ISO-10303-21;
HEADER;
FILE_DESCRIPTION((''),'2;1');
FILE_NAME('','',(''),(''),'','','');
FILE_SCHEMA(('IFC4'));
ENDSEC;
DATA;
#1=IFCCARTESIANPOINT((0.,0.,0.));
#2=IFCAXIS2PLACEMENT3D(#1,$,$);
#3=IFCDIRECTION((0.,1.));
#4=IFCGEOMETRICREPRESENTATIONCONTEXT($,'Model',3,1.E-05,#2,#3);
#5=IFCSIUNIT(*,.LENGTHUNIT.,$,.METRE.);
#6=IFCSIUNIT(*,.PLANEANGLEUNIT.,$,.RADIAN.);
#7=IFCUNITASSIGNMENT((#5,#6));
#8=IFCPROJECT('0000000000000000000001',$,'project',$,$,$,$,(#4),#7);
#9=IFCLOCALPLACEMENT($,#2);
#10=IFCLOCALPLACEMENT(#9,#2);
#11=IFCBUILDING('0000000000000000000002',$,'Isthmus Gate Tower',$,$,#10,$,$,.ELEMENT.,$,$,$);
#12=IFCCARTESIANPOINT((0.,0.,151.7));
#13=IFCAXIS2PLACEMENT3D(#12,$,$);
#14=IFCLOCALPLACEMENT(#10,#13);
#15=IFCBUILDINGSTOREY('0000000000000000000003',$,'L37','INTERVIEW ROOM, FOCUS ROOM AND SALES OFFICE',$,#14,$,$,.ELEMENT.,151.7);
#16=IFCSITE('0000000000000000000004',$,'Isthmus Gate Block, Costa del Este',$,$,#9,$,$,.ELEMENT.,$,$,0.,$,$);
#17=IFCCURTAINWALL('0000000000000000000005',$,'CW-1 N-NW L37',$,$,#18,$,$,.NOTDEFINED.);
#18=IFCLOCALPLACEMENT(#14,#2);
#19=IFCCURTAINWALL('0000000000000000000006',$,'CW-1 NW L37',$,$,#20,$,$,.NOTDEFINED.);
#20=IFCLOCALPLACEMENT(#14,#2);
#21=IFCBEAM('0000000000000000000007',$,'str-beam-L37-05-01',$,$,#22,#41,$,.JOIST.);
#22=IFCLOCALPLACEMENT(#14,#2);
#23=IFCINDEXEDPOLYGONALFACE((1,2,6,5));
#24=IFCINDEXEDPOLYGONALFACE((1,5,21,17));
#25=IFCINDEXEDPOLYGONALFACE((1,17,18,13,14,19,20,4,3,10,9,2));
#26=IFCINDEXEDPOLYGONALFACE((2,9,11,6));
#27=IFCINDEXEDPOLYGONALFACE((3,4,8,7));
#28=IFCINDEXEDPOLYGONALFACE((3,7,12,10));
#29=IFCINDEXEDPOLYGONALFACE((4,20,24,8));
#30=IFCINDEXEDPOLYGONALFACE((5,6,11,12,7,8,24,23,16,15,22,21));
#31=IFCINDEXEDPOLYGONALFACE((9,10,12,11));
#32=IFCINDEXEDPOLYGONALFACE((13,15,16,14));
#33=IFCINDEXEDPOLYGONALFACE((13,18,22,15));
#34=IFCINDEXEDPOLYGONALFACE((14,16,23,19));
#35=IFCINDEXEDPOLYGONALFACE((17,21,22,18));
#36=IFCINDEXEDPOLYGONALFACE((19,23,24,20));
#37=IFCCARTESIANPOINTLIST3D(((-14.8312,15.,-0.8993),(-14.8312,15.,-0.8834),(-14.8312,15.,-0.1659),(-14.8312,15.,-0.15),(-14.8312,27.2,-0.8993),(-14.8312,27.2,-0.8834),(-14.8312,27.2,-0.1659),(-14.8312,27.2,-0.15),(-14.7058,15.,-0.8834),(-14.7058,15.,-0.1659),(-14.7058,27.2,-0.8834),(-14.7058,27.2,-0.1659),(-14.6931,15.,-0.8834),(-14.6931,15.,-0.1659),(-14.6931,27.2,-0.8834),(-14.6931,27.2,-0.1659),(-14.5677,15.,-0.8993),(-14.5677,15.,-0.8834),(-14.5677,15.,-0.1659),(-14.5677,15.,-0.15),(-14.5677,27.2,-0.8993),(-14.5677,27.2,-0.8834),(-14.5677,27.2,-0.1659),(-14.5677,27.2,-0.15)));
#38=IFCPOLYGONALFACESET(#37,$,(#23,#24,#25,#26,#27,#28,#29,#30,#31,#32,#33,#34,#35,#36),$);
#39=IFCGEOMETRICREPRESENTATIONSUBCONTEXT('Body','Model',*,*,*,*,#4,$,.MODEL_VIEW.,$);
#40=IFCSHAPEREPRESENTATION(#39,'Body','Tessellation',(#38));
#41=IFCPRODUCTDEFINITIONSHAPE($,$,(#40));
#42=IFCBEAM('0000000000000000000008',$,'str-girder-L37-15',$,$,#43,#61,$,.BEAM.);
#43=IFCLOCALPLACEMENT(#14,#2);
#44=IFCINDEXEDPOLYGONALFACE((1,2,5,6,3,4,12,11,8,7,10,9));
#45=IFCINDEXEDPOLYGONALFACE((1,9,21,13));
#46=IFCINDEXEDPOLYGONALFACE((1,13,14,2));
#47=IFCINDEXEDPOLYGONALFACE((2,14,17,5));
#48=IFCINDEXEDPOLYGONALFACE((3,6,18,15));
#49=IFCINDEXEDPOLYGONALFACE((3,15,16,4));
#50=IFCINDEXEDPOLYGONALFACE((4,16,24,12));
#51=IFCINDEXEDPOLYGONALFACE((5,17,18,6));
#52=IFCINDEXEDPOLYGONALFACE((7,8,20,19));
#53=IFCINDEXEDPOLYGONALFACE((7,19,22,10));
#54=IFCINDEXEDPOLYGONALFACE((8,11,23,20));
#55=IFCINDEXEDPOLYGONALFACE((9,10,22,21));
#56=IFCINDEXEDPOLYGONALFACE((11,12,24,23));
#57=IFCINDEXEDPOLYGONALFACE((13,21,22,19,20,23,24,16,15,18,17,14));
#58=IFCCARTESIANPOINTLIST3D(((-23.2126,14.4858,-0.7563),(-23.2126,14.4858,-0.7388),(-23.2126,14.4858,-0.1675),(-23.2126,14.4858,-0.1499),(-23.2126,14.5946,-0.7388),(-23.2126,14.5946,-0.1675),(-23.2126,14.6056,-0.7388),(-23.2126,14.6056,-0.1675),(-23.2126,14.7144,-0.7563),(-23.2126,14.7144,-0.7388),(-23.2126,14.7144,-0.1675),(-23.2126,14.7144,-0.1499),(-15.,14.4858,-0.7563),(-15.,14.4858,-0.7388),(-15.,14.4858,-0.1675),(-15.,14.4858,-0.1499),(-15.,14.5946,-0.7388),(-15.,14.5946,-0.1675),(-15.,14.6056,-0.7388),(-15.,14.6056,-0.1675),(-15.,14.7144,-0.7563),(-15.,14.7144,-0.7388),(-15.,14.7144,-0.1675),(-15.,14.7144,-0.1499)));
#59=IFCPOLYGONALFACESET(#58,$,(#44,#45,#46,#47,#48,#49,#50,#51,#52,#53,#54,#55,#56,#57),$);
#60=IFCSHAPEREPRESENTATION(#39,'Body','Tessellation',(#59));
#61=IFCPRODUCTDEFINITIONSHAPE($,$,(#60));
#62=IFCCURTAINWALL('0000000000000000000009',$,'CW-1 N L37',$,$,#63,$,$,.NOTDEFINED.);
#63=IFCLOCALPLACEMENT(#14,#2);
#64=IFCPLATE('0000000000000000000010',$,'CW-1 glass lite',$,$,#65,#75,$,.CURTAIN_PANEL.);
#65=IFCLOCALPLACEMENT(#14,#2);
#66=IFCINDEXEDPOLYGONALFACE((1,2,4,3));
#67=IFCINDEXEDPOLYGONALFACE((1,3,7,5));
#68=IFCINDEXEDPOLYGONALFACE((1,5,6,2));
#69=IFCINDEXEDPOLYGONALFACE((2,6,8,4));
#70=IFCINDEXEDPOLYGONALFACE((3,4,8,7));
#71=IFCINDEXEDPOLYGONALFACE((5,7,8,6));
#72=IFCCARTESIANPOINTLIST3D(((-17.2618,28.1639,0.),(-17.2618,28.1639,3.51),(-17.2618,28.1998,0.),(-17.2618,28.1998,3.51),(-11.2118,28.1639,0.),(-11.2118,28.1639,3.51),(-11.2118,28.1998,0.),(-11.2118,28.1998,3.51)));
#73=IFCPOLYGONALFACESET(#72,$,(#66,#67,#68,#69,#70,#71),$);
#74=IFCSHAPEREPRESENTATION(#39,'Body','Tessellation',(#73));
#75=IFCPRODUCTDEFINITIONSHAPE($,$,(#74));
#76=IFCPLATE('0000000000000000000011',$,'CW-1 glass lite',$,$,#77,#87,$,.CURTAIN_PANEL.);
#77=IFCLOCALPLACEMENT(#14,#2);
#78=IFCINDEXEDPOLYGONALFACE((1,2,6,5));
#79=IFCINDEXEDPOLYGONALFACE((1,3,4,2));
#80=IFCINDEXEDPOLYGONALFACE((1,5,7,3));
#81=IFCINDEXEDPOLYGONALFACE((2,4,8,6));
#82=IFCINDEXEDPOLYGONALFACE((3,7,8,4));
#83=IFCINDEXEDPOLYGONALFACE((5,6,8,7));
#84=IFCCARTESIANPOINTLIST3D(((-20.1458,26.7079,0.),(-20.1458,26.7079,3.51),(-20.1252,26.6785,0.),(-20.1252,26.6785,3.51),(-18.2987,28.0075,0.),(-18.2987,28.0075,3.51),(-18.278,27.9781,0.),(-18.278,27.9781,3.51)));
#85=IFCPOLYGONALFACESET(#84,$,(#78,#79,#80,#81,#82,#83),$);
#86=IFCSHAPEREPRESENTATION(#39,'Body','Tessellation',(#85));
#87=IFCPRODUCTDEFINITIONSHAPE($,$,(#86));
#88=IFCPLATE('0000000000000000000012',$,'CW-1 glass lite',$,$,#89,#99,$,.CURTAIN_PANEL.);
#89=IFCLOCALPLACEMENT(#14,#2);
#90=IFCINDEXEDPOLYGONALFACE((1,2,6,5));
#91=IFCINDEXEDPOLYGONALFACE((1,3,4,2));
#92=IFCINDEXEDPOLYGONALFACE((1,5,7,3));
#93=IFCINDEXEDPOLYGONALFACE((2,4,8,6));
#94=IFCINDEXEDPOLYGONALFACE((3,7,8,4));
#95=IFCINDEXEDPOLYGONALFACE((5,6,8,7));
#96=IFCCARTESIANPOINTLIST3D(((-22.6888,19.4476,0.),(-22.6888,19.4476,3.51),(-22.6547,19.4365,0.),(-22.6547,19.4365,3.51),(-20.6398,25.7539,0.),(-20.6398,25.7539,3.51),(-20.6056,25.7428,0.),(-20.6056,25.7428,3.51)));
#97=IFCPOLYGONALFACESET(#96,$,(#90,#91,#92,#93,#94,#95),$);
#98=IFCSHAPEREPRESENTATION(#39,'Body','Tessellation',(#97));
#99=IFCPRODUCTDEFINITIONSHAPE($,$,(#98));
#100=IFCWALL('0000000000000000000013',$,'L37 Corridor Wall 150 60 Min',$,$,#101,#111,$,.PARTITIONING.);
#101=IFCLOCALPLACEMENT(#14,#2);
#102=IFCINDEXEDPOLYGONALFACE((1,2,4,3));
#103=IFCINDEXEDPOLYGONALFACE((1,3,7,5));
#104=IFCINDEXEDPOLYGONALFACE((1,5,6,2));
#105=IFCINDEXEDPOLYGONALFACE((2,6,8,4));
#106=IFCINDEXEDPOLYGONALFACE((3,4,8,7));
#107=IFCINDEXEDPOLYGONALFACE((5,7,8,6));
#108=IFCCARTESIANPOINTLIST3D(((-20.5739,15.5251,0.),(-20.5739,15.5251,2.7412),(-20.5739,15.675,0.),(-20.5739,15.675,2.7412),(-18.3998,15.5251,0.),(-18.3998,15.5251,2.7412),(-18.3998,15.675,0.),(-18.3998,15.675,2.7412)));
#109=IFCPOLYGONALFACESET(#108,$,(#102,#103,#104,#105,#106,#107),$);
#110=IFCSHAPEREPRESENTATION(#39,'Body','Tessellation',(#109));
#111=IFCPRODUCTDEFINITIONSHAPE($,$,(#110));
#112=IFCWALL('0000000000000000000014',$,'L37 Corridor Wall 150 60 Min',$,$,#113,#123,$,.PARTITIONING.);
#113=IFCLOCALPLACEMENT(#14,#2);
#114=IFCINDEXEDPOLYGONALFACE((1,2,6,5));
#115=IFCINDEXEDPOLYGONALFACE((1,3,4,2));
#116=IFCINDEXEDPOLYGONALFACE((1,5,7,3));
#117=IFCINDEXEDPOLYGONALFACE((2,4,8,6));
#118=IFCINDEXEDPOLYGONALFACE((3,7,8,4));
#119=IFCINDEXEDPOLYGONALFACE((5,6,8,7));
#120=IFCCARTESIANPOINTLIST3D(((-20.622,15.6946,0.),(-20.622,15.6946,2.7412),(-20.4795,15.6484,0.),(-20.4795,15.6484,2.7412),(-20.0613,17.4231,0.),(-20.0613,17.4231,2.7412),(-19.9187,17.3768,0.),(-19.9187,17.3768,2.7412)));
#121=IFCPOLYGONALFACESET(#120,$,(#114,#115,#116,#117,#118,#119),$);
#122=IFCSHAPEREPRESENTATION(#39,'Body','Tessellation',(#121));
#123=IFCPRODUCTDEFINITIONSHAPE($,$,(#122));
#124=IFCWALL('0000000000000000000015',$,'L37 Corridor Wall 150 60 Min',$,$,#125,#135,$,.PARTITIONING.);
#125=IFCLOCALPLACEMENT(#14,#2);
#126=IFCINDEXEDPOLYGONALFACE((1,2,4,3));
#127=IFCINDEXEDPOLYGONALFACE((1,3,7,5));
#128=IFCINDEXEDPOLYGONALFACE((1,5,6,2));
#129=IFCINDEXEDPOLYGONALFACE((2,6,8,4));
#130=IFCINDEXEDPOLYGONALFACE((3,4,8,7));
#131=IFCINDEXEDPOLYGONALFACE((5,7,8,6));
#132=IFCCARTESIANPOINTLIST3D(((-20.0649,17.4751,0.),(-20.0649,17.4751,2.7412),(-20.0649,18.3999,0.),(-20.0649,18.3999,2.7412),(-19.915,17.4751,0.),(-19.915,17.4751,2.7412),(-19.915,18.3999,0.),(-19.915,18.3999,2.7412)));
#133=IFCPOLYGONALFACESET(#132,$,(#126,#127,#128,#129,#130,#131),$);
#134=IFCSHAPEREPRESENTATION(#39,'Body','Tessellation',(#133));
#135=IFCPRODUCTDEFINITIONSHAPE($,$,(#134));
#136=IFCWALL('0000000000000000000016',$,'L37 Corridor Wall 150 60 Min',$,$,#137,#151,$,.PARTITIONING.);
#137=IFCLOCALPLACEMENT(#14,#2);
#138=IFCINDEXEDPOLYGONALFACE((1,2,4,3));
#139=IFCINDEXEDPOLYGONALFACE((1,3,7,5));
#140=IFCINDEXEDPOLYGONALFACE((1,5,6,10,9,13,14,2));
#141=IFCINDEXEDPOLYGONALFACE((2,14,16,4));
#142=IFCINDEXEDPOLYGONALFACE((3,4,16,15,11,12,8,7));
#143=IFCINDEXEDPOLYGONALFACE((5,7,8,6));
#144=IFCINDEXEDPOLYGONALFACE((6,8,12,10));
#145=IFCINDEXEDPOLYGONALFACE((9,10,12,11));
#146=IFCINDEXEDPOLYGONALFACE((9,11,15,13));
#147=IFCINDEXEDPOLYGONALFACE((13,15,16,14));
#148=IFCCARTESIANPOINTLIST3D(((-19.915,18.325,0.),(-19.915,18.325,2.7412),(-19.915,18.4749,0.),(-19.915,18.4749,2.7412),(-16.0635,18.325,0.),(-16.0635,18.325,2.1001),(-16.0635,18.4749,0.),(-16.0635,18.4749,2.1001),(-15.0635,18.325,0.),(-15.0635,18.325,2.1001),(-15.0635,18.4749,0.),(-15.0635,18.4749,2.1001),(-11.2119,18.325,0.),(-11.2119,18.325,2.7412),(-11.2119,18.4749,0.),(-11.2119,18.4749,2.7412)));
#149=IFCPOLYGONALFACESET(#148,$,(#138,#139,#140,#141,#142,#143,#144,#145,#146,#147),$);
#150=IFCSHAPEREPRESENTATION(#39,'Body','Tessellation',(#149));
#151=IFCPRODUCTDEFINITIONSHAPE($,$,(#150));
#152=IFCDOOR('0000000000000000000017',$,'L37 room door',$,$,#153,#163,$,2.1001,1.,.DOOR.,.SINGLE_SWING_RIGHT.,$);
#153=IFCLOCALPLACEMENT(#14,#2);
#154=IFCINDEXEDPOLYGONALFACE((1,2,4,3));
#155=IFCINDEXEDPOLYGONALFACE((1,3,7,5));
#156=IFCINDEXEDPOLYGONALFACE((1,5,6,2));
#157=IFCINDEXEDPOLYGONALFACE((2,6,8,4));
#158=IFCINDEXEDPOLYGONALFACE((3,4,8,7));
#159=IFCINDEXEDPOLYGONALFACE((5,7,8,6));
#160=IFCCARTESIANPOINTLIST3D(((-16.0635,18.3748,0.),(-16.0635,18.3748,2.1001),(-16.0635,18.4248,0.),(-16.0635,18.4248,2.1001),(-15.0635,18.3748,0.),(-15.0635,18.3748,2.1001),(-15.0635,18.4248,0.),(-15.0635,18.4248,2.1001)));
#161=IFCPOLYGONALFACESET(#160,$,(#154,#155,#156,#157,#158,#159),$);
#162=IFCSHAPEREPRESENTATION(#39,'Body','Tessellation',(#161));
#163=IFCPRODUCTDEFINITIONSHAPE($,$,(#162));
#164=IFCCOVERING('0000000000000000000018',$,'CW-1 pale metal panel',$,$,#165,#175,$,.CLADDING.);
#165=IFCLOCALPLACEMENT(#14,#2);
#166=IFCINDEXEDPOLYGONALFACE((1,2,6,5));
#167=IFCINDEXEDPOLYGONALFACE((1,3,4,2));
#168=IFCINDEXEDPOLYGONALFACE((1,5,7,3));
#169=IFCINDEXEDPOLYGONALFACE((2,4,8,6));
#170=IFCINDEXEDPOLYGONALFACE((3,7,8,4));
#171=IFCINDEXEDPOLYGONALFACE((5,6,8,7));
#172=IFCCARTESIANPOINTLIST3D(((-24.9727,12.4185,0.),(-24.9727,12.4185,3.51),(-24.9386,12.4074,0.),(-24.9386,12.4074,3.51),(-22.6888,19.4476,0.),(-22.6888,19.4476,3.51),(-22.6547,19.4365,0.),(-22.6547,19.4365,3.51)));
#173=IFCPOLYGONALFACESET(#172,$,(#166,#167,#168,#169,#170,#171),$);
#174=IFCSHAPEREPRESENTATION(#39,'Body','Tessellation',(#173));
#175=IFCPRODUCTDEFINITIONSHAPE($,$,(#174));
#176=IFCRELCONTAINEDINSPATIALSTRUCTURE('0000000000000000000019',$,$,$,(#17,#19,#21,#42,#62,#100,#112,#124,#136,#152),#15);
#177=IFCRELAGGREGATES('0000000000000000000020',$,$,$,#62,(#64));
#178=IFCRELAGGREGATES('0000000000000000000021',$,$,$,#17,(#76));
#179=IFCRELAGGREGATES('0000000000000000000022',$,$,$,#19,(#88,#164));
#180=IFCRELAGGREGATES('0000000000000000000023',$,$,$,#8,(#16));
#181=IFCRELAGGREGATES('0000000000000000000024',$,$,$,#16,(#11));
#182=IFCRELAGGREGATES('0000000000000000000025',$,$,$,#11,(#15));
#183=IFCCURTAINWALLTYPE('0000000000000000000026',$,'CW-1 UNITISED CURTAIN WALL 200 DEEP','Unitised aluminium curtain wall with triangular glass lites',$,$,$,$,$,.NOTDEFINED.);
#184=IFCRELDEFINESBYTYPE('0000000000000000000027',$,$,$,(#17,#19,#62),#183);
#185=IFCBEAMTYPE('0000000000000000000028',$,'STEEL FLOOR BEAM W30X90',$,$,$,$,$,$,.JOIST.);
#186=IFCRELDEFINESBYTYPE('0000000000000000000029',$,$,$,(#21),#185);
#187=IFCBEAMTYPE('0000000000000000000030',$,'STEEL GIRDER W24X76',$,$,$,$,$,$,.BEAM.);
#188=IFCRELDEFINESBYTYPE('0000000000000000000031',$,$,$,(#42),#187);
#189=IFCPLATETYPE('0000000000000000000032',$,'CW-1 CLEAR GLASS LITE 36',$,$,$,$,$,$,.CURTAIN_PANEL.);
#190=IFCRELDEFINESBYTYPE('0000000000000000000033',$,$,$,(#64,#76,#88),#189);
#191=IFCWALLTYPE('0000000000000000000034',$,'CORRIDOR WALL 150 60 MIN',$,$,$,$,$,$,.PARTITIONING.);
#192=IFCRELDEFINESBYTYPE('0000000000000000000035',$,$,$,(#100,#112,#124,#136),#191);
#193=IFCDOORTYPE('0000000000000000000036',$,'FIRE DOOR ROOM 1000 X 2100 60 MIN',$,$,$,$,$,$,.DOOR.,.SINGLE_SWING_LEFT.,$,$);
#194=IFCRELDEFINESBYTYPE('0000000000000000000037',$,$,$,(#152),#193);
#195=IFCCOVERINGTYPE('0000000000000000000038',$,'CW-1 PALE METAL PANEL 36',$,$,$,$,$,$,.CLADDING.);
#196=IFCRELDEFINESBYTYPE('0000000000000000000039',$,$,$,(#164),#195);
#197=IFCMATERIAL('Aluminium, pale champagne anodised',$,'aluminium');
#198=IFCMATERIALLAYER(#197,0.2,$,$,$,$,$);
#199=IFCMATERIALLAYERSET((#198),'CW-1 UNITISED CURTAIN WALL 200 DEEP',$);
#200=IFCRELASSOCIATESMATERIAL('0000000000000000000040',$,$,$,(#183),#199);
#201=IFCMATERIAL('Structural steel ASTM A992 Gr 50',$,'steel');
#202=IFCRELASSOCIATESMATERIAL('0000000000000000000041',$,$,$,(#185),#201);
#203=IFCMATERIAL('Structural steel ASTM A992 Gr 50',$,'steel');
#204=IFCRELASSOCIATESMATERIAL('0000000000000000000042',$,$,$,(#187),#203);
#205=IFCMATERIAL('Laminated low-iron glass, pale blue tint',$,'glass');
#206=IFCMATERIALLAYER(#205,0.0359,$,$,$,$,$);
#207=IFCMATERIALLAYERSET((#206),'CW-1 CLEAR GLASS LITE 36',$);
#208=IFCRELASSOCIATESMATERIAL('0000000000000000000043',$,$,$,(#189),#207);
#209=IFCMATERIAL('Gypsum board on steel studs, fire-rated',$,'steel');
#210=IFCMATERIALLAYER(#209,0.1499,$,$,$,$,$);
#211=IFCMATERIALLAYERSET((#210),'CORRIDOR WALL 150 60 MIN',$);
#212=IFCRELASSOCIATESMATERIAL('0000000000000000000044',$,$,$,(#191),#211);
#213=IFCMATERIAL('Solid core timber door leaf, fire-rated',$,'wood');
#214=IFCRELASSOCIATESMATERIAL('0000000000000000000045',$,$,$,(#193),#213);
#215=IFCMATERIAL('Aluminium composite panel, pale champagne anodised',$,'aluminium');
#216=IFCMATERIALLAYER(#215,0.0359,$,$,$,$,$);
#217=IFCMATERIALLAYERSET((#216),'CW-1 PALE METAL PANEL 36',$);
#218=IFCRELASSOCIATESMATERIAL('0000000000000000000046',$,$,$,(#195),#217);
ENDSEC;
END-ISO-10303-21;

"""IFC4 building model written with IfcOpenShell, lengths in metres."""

from ifc_helpers import new_model, si_unit, direction, frame, frame_2d, origin, origin_2d, place, context, subcontext, project, spatial, rectangle, i_section, extrude, material, layer, layer_set, material_profile, profile_set, type_object, element, fill, aggregate, save


model = new_model("IFC4")

# Units and contexts
model_context = context("Model", 3, precision=1e-05, world=origin(), true_north=direction((0.0, 1.0)))
body_context = subcontext(model_context, "Body", "Model", "MODEL_VIEW")
ifc_project = project(units=[si_unit("LENGTHUNIT", "METRE"), si_unit("PLANEANGLEUNIT", "RADIAN")], contexts=[model_context])

# Site, building, storey
site_placement = place(None, origin())
site = spatial("IfcSite", under=ifc_project, at=site_placement, Name="Isthmus Gate Block, Costa del Este", CompositionType="ELEMENT", RefElevation=0.0)
building_placement = place(site_placement, origin())
building = spatial("IfcBuilding", under=site, at=building_placement, Name="Isthmus Gate Tower", CompositionType="ELEMENT")
storey_placement = place(building_placement, frame((0.0, 0.0, 151.7)))
storey = spatial("IfcBuildingStorey", under=building, at=storey_placement, Name="L37", Description="INTERVIEW ROOM, FOCUS ROOM AND SALES OFFICE", CompositionType="ELEMENT", Elevation=151.7)

# Curtain walls
ifc_material_1 = material(Name="Aluminium, pale champagne anodised", Category="aluminium")
ifc_layer_1 = layer(ifc_material_1, 0.2)
ifc_layer_set_1 = layer_set([ifc_layer_1], Name="CW-1 UNITISED CURTAIN WALL 200 DEEP")
curtain_wall_type = type_object("IfcCurtainWallType", Name="CW-1 UNITISED CURTAIN WALL 200 DEEP", Description="Unitised aluminium curtain wall with triangular glass lites", PredefinedType="NOTDEFINED", material=ifc_layer_set_1)
curtain_wall_1_placement = place(storey_placement, origin())
curtain_wall_1 = element("IfcCurtainWall", 1, at=curtain_wall_1_placement, inside=storey, type_object=curtain_wall_type, Name="CW-1 N-NW L37", PredefinedType="NOTDEFINED")
curtain_wall_2_placement = place(storey_placement, origin())
curtain_wall_2 = element("IfcCurtainWall", 2, at=curtain_wall_2_placement, inside=storey, type_object=curtain_wall_type, Name="CW-1 NW L37", PredefinedType="NOTDEFINED")

# Beams
ifc_material_2 = material(Name="Structural steel ASTM A992 Gr 50", Category="steel")
ifc_material_profile_1 = material_profile(ifc_material_2, i_section(OverallWidth=0.2634, OverallDepth=0.7493, WebThickness=0.0127, FlangeThickness=0.0159, at=origin_2d()), Name="W30X90")
ifc_profile_set_1 = profile_set([ifc_material_profile_1], Name="Structural steel ASTM A992 Gr 50")
beam_type_1 = type_object("IfcBeamType", Name="STEEL FLOOR BEAM W30X90", PredefinedType="JOIST", material=ifc_profile_set_1)
beam_1_placement = place(storey_placement, frame((-14.6995, 15.0, -0.5247), z_axis=(0.0, 1.0, 0.0), x_axis=(-1.0, 0.0, 0.0)))
element("IfcBeam", 3, at=beam_1_placement, inside=storey, type_object=beam_type_1, Name="str-beam-L37-05-01", PredefinedType="JOIST", context=body_context, shape_type="SweptSolid", body=[
    extrude(i_section(OverallWidth=0.2634, OverallDepth=0.7493, WebThickness=0.0127, FlangeThickness=0.0159, at=origin_2d()), origin(), (0.0, 0.0, 1.0), 12.2),
])
ifc_material_3 = material(Name="Structural steel ASTM A992 Gr 50", Category="steel")
ifc_material_profile_2 = material_profile(ifc_material_3, i_section(OverallWidth=0.2285, OverallDepth=0.6064, WebThickness=0.011, FlangeThickness=0.0176, at=origin_2d()), Name="W24X76")
ifc_profile_set_2 = profile_set([ifc_material_profile_2], Name="Structural steel ASTM A992 Gr 50")
beam_type_2 = type_object("IfcBeamType", Name="STEEL GIRDER W24X76", PredefinedType="BEAM", material=ifc_profile_set_2)
beam_2_placement = place(storey_placement, frame((-15.0, 14.6001, -0.4531), z_axis=(-1.0, 0.0, 0.0), x_axis=(0.0, -1.0, 0.0)))
element("IfcBeam", 4, at=beam_2_placement, inside=storey, type_object=beam_type_2, Name="str-girder-L37-15", PredefinedType="BEAM", context=body_context, shape_type="SweptSolid", body=[
    extrude(i_section(OverallWidth=0.2285, OverallDepth=0.6064, WebThickness=0.011, FlangeThickness=0.0176, at=origin_2d()), origin(), (0.0, 0.0, 1.0), 8.2126),
])

# Curtain wall, plate
curtain_wall_3_placement = place(storey_placement, origin())
curtain_wall_3 = element("IfcCurtainWall", 5, at=curtain_wall_3_placement, inside=storey, type_object=curtain_wall_type, Name="CW-1 N L37", PredefinedType="NOTDEFINED")
ifc_material_4 = material(Name="Laminated low-iron glass, pale blue tint", Category="glass")
ifc_layer_2 = layer(ifc_material_4, 0.0359)
ifc_layer_set_2 = layer_set([ifc_layer_2], Name="CW-1 CLEAR GLASS LITE 36")
plate_type = type_object("IfcPlateType", Name="CW-1 CLEAR GLASS LITE 36", PredefinedType="CURTAIN_PANEL", material=ifc_layer_set_2)
plate_1_placement = place(storey_placement, frame((-14.2368, 28.1819, 0.0), z_axis=(0.0, 0.0, 1.0), x_axis=(-1.0, 0.0, 0.0)))
plate_1 = element("IfcPlate", 6, at=plate_1_placement, type_object=plate_type, Name="CW-1 glass lite", PredefinedType="CURTAIN_PANEL", context=body_context, shape_type="SweptSolid", body=[
    extrude(rectangle(XDim=6.05, YDim=0.0359, at=origin_2d()), origin(), (0.0, 0.0, 1.0), 3.51),
])
aggregate(curtain_wall_3, [plate_1])

# Plates
plate_2_placement = place(storey_placement, frame((-19.2119, 27.343, 0.0), z_axis=(0.0, 0.0, 1.0), x_axis=(-0.81786, -0.575418, 0.0)))
plate_2 = element("IfcPlate", 7, at=plate_2_placement, type_object=plate_type, Name="CW-1 glass lite", PredefinedType="CURTAIN_PANEL", context=body_context, shape_type="SweptSolid", body=[
    extrude(rectangle(XDim=2.2585, YDim=0.0359, at=origin_2d()), origin(), (0.0, 0.0, 1.0), 3.51),
])
aggregate(curtain_wall_1, [plate_2])
plate_3_placement = place(storey_placement, frame((-21.6472, 22.5952, 0.0), z_axis=(0.0, 0.0, 1.0), x_axis=(-0.309017, -0.951057, 0.0)))
plate_3 = element("IfcPlate", 8, at=plate_3_placement, type_object=plate_type, Name="CW-1 glass lite", PredefinedType="CURTAIN_PANEL", context=body_context, shape_type="SweptSolid", body=[
    extrude(rectangle(XDim=6.6309, YDim=0.0359, at=origin_2d()), origin(), (0.0, 0.0, 1.0), 3.51),
])

# Walls
ifc_material_5 = material(Name="Gypsum board on steel studs, fire-rated", Category="steel")
ifc_layer_3 = layer(ifc_material_5, 0.1499)
ifc_layer_set_3 = layer_set([ifc_layer_3], Name="CORRIDOR WALL 150 60 MIN")
wall_type = type_object("IfcWallType", Name="CORRIDOR WALL 150 60 MIN", PredefinedType="PARTITIONING", material=ifc_layer_set_3)
wall_1_placement = place(storey_placement, frame((-18.3999, 15.6001, 0.0), z_axis=(0.0, 0.0, 1.0), x_axis=(-1.0, 0.0, 0.0)))
element("IfcWall", 9, at=wall_1_placement, inside=storey, type_object=wall_type, Name="L37 Corridor Wall 150 60 Min", PredefinedType="PARTITIONING", context=body_context, shape_type="SweptSolid", body=[
    extrude(rectangle(XDim=2.1741, YDim=0.1499, at=frame_2d((1.0869, 0.0))), origin(), (0.0, 0.0, 1.0), 2.7412),
])
wall_2_placement = place(storey_placement, frame((-20.5508, 15.6714, 0.0), z_axis=(0.0, 0.0, 1.0), x_axis=(0.3086, 0.951192, 0.0)))
element("IfcWall", 10, at=wall_2_placement, inside=storey, type_object=wall_type, Name="L37 Corridor Wall 150 60 Min", PredefinedType="PARTITIONING", context=body_context, shape_type="SweptSolid", body=[
    extrude(rectangle(XDim=1.8171, YDim=0.1499, at=frame_2d((0.9087, 0.0))), origin(), (0.0, 0.0, 1.0), 2.7412),
])
wall_3_placement = place(storey_placement, frame((-19.99, 17.4751, 0.0), z_axis=(0.0, 0.0, 1.0), x_axis=(0.0, 1.0, 0.0)))
element("IfcWall", 11, at=wall_3_placement, inside=storey, type_object=wall_type, Name="L37 Corridor Wall 150 60 Min", PredefinedType="PARTITIONING", context=body_context, shape_type="SweptSolid", body=[
    extrude(rectangle(XDim=0.9248, YDim=0.1499, at=frame_2d((0.4624, 0.0))), origin(), (0.0, 0.0, 1.0), 2.7412),
])

# Wall, opening, door
wall_4_placement = place(storey_placement, frame((-19.915, 18.3999, 0.0), z_axis=(0.0, 0.0, 1.0), x_axis=(1.0, 0.0, 0.0)))
wall_4 = element("IfcWall", 12, at=wall_4_placement, inside=storey, type_object=wall_type, Name="L37 Corridor Wall 150 60 Min", PredefinedType="PARTITIONING", context=body_context, shape_type="SweptSolid", body=[
    extrude(rectangle(XDim=8.7031, YDim=0.1499, at=frame_2d((4.3516, 0.0))), origin(), (0.0, 0.0, 1.0), 2.7412),
])
opening_placement = place(wall_4_placement, frame((3.8516, 0.0, 0.0)))
opening = element("IfcOpeningElement", 13, at=opening_placement, cuts=wall_4, PredefinedType="OPENING", context=body_context, shape_type="SweptSolid", body=[
    extrude(rectangle(XDim=1.0, YDim=2.1001, at=frame_2d((0.5, 1.05))), frame((0.0, 0.085, 0.0), z_axis=(0.0, -1.0, 0.0), x_axis=(1.0, 0.0, 0.0)), (0.0, 0.0, 1.0), 0.1699),
])
ifc_material_6 = material(Name="Solid core timber door leaf, fire-rated", Category="wood")
door_type = type_object("IfcDoorType", Name="FIRE DOOR ROOM 1000 X 2100 60 MIN", OperationType="SINGLE_SWING_LEFT", PredefinedType="DOOR", material=ifc_material_6)
door_placement = place(opening_placement, origin())
door = element("IfcDoor", 14, at=door_placement, inside=storey, type_object=door_type, Name="L37 room door", OperationType="SINGLE_SWING_RIGHT", OverallHeight=2.1001, OverallWidth=1.0, PredefinedType="DOOR", context=body_context, shape_type="SweptSolid", body=[
    extrude(rectangle(XDim=1.0, YDim=2.1001, at=frame_2d((0.5, 1.05))), frame((0.0, 0.0249, 0.0), z_axis=(0.0, -1.0, 0.0), x_axis=(1.0, 0.0, 0.0)), (0.0, 0.0, 1.0), 0.05),
])
fill(opening, door)

# Covering
ifc_material_7 = material(Name="Aluminium composite panel, pale champagne anodised", Category="aluminium")
ifc_layer_4 = layer(ifc_material_7, 0.0359)
ifc_layer_set_4 = layer_set([ifc_layer_4], Name="CW-1 PALE METAL PANEL 36")
covering_type = type_object("IfcCoveringType", Name="CW-1 PALE METAL PANEL 36", PredefinedType="CLADDING", material=ifc_layer_set_4)
covering_placement = place(storey_placement, frame((-23.8137, 15.9275, 0.0), z_axis=(0.0, 0.0, 1.0), x_axis=(-0.309017, -0.951057, 0.0)))
covering = element("IfcCovering", 15, at=covering_placement, type_object=covering_type, Name="CW-1 pale metal panel", PredefinedType="CLADDING", context=body_context, shape_type="SweptSolid", body=[
    extrude(rectangle(XDim=7.3909, YDim=0.0359, at=origin_2d()), origin(), (0.0, 0.0, 1.0), 3.51),
])
aggregate(curtain_wall_2, [plate_3, covering])

save(model, "model.ifc")
